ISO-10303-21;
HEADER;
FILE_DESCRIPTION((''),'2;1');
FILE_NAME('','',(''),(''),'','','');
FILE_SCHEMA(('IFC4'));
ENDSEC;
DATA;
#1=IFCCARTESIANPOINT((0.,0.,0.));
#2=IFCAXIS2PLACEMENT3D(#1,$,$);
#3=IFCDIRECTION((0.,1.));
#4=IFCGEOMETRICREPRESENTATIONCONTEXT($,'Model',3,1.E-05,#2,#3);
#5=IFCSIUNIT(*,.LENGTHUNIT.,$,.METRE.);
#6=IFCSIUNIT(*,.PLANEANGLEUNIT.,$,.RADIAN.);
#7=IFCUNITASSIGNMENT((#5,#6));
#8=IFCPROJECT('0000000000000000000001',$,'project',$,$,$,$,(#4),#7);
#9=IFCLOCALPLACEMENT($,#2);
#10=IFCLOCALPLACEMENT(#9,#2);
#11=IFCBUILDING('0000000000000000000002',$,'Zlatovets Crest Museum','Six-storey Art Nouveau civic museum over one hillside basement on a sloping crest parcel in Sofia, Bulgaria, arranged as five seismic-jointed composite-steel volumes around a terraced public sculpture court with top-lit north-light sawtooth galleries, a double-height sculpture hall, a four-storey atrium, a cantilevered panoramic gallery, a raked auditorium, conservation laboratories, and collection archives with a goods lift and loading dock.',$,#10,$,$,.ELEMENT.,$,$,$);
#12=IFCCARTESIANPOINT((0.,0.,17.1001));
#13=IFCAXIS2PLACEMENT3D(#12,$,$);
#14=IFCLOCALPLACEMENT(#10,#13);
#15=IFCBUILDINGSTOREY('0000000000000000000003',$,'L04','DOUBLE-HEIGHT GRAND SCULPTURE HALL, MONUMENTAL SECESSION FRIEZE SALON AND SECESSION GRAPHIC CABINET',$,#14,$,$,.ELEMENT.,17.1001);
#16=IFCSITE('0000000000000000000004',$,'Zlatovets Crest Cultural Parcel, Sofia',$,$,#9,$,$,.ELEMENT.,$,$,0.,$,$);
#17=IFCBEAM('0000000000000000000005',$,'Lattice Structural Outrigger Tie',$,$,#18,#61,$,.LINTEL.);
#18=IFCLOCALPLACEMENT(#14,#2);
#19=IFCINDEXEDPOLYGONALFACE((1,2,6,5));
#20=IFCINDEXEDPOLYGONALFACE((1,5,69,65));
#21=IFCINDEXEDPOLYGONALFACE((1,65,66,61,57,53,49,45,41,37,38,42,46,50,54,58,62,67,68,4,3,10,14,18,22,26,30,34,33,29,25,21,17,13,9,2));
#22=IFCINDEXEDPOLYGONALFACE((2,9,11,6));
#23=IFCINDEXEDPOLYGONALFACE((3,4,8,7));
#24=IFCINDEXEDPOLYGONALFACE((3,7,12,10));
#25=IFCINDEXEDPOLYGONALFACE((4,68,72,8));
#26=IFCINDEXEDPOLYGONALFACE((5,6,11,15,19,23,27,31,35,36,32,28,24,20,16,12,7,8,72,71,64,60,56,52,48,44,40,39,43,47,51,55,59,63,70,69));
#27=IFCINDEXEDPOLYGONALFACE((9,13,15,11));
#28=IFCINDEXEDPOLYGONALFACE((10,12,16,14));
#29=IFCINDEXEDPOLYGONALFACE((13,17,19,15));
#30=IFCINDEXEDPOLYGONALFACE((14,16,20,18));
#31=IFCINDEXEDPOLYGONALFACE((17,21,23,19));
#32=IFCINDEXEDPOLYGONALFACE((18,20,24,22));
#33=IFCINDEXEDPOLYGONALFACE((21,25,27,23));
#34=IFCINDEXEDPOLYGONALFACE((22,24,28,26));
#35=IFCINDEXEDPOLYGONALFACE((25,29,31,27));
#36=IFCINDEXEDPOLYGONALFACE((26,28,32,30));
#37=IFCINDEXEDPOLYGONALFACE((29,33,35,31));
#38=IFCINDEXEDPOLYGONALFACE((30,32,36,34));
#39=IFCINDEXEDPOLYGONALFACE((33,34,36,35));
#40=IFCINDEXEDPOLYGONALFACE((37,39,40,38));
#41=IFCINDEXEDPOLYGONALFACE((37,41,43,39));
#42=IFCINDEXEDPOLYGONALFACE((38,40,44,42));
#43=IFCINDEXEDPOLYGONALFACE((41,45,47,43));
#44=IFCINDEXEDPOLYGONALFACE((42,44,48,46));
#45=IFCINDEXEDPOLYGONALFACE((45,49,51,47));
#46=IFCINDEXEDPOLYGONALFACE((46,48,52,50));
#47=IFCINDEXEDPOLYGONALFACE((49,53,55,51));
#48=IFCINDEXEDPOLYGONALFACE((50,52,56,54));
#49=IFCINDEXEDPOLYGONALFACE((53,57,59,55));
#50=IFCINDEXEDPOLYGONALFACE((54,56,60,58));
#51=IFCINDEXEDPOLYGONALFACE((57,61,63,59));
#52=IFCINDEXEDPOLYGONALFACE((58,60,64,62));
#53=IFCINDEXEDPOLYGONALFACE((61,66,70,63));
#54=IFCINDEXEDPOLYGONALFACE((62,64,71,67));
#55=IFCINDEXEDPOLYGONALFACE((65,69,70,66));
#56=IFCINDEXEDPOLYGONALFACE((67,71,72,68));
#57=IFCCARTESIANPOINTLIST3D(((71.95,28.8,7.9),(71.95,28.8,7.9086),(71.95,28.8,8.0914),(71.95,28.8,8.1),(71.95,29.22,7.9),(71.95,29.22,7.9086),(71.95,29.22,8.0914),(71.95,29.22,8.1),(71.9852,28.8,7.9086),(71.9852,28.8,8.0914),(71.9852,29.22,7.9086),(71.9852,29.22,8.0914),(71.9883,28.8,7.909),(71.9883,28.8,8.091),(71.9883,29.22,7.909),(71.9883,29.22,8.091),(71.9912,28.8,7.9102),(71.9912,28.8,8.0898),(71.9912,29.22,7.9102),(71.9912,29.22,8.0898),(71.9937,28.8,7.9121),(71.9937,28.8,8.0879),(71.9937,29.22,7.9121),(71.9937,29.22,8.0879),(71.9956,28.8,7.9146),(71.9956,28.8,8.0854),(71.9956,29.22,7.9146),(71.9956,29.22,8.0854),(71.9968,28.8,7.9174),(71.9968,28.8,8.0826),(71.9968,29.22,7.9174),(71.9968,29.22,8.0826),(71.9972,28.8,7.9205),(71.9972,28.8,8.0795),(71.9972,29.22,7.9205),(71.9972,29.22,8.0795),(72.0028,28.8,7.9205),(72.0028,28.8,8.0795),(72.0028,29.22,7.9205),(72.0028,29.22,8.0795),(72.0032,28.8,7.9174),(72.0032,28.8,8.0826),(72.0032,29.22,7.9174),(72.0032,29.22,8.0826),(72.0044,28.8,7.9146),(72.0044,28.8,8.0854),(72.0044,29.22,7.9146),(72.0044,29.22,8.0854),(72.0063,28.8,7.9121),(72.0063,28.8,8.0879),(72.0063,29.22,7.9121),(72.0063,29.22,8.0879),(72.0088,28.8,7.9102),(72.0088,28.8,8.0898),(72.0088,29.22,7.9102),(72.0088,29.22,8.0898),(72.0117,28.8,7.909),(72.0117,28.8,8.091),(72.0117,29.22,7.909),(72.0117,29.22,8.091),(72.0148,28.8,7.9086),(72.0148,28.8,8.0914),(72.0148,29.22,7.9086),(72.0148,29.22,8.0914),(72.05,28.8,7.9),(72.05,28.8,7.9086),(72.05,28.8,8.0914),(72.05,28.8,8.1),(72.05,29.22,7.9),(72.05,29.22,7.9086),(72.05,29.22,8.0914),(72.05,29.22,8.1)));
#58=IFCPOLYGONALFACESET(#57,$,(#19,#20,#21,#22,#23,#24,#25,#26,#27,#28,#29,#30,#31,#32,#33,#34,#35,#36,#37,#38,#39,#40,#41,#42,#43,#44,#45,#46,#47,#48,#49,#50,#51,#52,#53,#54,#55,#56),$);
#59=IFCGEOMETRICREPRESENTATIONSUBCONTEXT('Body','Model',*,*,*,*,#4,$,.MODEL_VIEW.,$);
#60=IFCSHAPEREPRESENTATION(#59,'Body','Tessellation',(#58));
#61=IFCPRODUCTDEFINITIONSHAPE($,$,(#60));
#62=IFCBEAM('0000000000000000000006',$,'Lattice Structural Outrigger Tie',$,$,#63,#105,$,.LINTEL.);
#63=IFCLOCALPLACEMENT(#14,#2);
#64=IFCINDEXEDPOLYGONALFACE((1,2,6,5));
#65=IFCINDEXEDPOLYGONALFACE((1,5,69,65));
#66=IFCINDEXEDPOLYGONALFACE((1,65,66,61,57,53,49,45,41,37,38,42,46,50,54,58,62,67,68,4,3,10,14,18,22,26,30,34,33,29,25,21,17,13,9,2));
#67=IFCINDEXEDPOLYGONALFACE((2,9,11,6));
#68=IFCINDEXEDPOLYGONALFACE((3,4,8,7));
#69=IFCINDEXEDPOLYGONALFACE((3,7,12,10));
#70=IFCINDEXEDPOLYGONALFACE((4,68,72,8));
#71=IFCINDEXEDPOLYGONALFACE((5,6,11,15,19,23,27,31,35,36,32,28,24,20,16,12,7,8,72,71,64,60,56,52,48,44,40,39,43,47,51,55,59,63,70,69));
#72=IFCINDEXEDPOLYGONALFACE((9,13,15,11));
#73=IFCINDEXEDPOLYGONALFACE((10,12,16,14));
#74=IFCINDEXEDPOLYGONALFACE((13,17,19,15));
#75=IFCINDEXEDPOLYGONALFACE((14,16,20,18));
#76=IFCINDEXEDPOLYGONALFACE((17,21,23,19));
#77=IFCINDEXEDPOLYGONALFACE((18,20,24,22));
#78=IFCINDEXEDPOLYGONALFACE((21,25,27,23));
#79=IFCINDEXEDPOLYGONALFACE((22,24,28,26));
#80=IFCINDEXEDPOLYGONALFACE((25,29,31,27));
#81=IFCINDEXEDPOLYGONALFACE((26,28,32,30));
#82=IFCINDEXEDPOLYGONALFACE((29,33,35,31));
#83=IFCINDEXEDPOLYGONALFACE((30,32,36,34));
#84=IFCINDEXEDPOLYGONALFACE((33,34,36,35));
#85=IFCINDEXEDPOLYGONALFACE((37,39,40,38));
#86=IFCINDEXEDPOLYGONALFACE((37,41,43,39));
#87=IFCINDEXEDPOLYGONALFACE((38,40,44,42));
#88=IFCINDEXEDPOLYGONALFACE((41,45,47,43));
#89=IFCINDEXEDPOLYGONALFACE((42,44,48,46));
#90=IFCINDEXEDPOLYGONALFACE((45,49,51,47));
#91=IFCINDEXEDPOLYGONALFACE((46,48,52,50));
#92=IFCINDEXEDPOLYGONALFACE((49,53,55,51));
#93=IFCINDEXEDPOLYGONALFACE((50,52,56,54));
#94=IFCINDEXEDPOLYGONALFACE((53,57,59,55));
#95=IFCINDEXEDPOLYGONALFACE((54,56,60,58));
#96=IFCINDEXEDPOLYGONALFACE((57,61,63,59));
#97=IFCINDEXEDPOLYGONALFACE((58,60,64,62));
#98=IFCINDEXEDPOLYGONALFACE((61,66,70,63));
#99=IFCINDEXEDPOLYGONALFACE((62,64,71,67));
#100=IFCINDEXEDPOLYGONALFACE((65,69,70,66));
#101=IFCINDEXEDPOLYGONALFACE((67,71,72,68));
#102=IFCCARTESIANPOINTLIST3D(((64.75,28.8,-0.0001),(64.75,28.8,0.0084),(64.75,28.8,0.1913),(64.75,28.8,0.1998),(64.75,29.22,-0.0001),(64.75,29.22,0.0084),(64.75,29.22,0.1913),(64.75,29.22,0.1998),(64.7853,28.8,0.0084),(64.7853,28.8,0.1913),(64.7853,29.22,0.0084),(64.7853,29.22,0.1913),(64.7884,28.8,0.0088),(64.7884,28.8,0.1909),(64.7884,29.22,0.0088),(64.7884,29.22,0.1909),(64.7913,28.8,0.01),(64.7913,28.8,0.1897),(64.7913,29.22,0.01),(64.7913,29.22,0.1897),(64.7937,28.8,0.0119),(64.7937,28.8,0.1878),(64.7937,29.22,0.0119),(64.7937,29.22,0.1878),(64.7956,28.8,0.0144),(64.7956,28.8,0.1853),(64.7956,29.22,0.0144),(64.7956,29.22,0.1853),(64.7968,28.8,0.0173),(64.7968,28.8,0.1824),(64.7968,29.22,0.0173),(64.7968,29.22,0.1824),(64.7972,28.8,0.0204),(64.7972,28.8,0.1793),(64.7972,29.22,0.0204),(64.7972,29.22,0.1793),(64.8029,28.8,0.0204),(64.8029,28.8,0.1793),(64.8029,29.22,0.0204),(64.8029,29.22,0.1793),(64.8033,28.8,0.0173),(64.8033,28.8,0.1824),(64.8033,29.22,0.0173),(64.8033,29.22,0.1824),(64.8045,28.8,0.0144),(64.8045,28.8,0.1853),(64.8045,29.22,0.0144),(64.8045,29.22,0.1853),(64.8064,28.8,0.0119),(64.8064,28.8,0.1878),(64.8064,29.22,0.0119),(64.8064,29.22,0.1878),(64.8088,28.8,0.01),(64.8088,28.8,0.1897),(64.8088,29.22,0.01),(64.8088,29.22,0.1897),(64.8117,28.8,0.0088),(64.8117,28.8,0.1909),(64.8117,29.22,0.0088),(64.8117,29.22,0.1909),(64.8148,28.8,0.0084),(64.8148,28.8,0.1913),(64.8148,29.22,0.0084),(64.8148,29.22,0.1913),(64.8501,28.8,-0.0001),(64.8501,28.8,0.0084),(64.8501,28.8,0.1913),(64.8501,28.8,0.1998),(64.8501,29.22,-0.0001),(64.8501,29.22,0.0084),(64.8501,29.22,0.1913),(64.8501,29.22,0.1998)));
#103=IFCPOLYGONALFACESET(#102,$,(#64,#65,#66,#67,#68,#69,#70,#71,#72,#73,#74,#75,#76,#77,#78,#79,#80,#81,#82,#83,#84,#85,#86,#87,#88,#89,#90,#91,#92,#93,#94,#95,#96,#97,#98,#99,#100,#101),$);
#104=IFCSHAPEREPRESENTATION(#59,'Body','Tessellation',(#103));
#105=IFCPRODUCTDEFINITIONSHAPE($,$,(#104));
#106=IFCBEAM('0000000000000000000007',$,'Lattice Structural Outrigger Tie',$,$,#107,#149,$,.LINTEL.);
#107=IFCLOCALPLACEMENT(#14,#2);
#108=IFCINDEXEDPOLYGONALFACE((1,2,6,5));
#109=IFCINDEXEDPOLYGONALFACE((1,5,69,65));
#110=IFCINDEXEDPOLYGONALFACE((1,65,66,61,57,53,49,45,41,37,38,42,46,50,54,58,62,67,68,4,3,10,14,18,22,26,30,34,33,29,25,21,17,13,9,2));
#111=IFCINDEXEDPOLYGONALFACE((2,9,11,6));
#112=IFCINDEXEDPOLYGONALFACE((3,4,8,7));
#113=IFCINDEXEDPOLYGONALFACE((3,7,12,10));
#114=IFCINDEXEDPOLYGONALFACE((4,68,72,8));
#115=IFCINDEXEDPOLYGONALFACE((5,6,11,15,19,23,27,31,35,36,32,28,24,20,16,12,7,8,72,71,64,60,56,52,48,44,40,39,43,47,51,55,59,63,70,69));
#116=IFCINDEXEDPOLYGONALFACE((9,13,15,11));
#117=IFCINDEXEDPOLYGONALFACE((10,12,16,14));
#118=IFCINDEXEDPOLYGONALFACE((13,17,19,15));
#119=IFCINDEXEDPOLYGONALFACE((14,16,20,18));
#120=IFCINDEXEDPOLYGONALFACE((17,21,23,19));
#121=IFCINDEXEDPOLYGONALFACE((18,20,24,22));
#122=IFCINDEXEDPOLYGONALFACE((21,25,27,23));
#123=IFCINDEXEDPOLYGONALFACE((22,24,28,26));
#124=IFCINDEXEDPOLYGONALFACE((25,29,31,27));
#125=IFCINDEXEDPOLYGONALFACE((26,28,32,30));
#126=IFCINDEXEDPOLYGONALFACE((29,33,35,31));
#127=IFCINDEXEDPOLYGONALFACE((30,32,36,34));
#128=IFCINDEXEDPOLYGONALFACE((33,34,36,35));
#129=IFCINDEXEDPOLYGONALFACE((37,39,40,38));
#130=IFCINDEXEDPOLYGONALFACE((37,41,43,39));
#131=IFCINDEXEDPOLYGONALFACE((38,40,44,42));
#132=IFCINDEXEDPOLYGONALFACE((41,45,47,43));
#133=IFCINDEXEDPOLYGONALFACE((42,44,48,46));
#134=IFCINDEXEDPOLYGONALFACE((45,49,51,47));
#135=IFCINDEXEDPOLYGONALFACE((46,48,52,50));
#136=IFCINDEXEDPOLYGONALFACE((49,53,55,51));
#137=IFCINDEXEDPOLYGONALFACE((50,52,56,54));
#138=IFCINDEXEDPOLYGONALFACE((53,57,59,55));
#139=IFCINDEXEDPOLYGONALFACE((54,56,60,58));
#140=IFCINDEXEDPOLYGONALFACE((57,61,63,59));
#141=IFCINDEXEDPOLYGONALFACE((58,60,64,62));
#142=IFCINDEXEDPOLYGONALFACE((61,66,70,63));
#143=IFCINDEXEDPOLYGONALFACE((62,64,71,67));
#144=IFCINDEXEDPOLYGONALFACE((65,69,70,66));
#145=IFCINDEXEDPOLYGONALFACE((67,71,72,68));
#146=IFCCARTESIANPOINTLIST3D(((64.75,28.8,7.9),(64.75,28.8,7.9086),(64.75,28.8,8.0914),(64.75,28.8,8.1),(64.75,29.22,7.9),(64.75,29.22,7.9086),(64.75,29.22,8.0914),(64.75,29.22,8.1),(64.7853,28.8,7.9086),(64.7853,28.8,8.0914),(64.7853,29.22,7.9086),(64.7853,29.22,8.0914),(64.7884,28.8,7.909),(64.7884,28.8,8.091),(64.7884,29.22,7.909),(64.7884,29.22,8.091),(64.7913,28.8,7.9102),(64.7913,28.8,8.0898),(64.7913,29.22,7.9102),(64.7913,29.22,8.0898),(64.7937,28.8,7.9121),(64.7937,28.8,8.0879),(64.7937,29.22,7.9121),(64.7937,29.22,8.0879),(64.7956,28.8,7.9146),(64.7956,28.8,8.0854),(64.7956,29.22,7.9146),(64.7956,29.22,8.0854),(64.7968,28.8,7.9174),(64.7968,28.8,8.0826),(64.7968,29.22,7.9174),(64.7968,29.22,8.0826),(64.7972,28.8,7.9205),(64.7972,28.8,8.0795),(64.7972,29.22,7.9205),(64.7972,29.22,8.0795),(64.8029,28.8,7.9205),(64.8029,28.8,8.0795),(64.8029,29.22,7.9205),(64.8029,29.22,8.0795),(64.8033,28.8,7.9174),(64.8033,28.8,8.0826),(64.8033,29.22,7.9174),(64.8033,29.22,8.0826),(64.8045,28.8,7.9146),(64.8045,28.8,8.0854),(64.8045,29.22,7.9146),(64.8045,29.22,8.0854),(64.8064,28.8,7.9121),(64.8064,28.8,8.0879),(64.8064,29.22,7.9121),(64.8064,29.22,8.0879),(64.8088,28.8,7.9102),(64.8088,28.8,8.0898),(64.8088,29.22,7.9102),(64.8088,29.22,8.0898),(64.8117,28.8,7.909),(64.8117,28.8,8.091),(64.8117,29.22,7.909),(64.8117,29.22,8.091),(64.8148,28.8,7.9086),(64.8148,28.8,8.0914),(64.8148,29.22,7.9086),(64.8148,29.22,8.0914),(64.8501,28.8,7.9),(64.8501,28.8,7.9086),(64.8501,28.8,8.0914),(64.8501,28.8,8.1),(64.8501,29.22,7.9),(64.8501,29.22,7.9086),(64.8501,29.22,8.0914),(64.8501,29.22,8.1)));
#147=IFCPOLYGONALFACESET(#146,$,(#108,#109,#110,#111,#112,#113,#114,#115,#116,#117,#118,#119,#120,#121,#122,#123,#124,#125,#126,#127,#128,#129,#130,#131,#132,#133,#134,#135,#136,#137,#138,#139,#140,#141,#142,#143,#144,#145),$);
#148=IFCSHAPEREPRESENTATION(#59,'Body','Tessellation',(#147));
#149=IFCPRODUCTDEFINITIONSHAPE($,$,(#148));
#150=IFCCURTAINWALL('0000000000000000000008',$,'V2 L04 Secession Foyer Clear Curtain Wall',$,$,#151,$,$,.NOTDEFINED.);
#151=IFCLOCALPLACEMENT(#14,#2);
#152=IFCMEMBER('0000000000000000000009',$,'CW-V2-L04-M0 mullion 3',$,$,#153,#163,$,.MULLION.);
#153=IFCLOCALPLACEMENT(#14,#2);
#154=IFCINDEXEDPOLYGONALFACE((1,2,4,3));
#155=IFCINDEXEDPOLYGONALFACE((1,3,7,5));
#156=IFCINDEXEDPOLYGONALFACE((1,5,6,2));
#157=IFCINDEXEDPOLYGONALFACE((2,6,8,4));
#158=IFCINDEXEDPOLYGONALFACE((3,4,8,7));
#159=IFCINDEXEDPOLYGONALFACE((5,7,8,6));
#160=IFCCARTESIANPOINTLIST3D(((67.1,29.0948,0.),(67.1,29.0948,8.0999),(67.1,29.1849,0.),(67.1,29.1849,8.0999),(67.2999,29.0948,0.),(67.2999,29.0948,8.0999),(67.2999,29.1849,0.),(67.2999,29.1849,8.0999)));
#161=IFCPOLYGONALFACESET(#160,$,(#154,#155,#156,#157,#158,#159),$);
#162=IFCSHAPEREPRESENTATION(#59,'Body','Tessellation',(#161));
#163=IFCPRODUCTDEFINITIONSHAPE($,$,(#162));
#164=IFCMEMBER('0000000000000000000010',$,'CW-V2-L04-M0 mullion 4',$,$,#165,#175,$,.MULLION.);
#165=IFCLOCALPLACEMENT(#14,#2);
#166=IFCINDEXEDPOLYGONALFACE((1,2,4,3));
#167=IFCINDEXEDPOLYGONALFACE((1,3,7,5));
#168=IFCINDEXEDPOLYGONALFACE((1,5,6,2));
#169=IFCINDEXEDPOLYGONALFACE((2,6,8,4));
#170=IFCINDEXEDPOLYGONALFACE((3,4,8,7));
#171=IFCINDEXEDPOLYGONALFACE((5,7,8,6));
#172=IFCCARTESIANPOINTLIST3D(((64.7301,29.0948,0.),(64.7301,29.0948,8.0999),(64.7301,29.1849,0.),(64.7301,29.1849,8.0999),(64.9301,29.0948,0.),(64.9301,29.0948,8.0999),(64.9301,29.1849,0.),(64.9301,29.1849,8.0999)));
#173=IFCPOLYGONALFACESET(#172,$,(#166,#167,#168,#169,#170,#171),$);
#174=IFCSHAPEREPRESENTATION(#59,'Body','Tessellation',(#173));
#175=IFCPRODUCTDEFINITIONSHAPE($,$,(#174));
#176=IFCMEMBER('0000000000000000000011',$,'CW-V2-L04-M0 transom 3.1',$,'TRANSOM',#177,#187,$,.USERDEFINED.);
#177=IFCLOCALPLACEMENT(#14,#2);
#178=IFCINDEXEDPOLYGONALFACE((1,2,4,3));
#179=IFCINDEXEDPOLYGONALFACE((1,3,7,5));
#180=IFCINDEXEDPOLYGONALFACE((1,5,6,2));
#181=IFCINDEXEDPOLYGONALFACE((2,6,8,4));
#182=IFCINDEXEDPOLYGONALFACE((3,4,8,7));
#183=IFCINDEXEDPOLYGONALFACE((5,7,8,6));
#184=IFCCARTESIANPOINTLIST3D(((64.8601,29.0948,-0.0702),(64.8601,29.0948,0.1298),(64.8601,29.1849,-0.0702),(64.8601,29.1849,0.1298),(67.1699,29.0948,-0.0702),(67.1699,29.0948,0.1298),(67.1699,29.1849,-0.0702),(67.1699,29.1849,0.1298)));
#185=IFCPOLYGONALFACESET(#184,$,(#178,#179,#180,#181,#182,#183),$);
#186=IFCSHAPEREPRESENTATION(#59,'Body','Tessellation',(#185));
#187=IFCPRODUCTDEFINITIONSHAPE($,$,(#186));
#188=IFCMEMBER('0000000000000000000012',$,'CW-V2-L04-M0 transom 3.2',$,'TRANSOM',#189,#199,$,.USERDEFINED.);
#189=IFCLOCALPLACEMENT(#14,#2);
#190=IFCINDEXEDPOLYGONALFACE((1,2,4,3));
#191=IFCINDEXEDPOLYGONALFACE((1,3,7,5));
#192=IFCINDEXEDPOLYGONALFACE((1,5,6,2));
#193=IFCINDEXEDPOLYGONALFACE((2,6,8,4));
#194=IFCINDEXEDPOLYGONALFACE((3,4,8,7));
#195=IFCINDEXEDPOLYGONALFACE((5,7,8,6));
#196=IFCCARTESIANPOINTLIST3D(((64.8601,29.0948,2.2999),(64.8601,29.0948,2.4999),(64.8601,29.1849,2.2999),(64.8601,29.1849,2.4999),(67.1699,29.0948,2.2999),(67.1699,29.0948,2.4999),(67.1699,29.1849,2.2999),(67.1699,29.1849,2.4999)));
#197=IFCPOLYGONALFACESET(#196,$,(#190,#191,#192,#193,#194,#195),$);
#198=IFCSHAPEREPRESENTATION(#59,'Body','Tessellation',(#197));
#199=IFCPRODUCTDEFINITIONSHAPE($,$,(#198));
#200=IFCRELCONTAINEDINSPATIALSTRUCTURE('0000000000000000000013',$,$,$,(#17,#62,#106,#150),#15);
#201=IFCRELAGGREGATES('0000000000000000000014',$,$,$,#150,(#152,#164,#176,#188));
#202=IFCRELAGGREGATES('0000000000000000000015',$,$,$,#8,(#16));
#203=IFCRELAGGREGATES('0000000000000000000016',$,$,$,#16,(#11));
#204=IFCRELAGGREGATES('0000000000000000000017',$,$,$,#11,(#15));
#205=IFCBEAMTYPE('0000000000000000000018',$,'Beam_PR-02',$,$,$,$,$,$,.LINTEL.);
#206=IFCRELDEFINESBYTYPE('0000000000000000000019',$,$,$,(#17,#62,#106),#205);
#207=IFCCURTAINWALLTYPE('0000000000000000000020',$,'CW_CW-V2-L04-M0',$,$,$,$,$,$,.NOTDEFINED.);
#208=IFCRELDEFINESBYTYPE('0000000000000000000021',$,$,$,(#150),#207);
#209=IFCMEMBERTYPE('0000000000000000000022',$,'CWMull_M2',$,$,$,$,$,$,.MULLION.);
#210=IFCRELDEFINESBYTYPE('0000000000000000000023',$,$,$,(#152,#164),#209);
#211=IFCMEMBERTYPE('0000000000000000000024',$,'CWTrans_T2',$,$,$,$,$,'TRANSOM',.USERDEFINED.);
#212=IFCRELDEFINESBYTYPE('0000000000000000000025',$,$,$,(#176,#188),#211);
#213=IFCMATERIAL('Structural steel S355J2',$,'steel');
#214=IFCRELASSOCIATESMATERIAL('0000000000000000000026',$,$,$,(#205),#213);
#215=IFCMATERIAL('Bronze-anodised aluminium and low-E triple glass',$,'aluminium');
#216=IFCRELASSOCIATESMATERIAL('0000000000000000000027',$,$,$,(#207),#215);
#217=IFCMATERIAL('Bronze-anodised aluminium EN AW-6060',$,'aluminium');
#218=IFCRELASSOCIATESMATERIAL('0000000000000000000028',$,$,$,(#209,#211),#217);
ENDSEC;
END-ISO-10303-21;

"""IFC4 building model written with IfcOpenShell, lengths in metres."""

from ifc_helpers import new_model, si_unit, direction, frame, origin, origin_2d, place, context, subcontext, project, spatial, rectangle, i_section, extrude, material, material_profile, profile_set, type_object, element, aggregate, save


model = new_model("IFC4")

# Units and contexts
model_context = context("Model", 3, precision=1e-05, world=origin(), true_north=direction((0.0, 1.0)))
body_context = subcontext(model_context, "Body", "Model", "MODEL_VIEW")
ifc_project = project(units=[si_unit("LENGTHUNIT", "METRE"), si_unit("PLANEANGLEUNIT", "RADIAN")], contexts=[model_context])

# Site, building, storey
site_placement = place(None, origin())
site = spatial("IfcSite", under=ifc_project, at=site_placement, Name="Zlatovets Crest Cultural Parcel, Sofia", CompositionType="ELEMENT", RefElevation=0.0)
building_placement = place(site_placement, origin())
building = spatial("IfcBuilding", under=site, at=building_placement, Name="Zlatovets Crest Museum", Description="Six-storey Art Nouveau civic museum over one hillside basement on a sloping crest parcel in Sofia, Bulgaria, arranged as five seismic-jointed composite-steel volumes around a terraced public sculpture court with top-lit north-light sawtooth galleries, a double-height sculpture hall, a four-storey atrium, a cantilevered panoramic gallery, a raked auditorium, conservation laboratories, and collection archives with a goods lift and loading dock.", CompositionType="ELEMENT")
storey_placement = place(building_placement, frame((0.0, 0.0, 17.1001)))
storey = spatial("IfcBuildingStorey", under=building, at=storey_placement, Name="L04", Description="DOUBLE-HEIGHT GRAND SCULPTURE HALL, MONUMENTAL SECESSION FRIEZE SALON AND SECESSION GRAPHIC CABINET", CompositionType="ELEMENT", Elevation=17.1001)

# Shared definitions
ifc_material_1 = material(Name="Structural steel S355J2", Category="steel")

# Beams
ifc_material_profile_1 = material_profile(ifc_material_1, i_section(OverallWidth=0.1001, OverallDepth=0.2, WebThickness=0.0056, FlangeThickness=0.0085, FilletRadius=0.012, at=origin_2d()), Name="IPE 200")
ifc_profile_set_1 = profile_set([ifc_material_profile_1], Name="Structural steel S355J2")
beam_type_1 = type_object("IfcBeamType", Name="Beam_PR-02", PredefinedType="LINTEL", material=ifc_profile_set_1)
for number, where, z_axis, x_axis, name in (
    (1, (72.0, 28.8, 8.0), (0.0, 1.0, 0.0), (-1.0, 0.0, 0.0), "Lattice Structural Outrigger Tie"),
    (2, (64.8, 28.8, 0.0999), (0.0, 1.0, 0.0), (-1.0, 0.0, 0.0), "Lattice Structural Outrigger Tie"),
    (3, (64.8, 28.8, 8.0), (0.0, 1.0, 0.0), (-1.0, 0.0, 0.0), "Lattice Structural Outrigger Tie"),
):
    element("IfcBeam", number, at=place(storey_placement, frame(where, z_axis=z_axis, x_axis=x_axis)), inside=storey, type_object=beam_type_1, Name=name, PredefinedType="LINTEL", context=body_context, shape_type="SweptSolid", body=[
        extrude(i_section(OverallWidth=0.1001, OverallDepth=0.2, WebThickness=0.0056, FlangeThickness=0.0085, FilletRadius=0.012, at=origin_2d()), origin(), (0.0, 0.0, 1.0), 0.4199),
    ])

# Curtain wall, members
ifc_material_2 = material(Name="Bronze-anodised aluminium and low-E triple glass", Category="aluminium")
curtain_wall_type = type_object("IfcCurtainWallType", Name="CW_CW-V2-L04-M0", PredefinedType="NOTDEFINED", material=ifc_material_2)
curtain_wall_placement = place(storey_placement, origin())
curtain_wall = element("IfcCurtainWall", 4, at=curtain_wall_placement, inside=storey, type_object=curtain_wall_type, Name="V2 L04 Secession Foyer Clear Curtain Wall", PredefinedType="NOTDEFINED")
ifc_material_3 = material(Name="Bronze-anodised aluminium EN AW-6060", Category="aluminium")
ifc_material_profile_2 = material_profile(ifc_material_3, rectangle(XDim=0.0901, YDim=0.2, at=origin_2d()), Name="ALU 90x200")
ifc_profile_set_2 = profile_set([ifc_material_profile_2], Name="Bronze-anodised aluminium EN AW-6060")
member_type_1 = type_object("IfcMemberType", Name="CWMull_M2", PredefinedType="MULLION", material=ifc_profile_set_2)
member_1_placement = place(storey_placement, frame((67.2, 29.1399, 0.0), z_axis=(0.0, 0.0, 1.0), x_axis=(0.0, -1.0, 0.0)))
member_1 = element("IfcMember", 5, at=member_1_placement, type_object=member_type_1, Name="CW-V2-L04-M0 mullion 3", PredefinedType="MULLION", context=body_context, shape_type="SweptSolid", body=[
    extrude(rectangle(XDim=0.0901, YDim=0.2, at=origin_2d()), origin(), (0.0, 0.0, 1.0), 8.0999),
])
member_2_placement = place(storey_placement, frame((64.8301, 29.1399, 0.0), z_axis=(0.0, 0.0, 1.0), x_axis=(0.0, -1.0, 0.0)))
member_2 = element("IfcMember", 6, at=member_2_placement, type_object=member_type_1, Name="CW-V2-L04-M0 mullion 4", PredefinedType="MULLION", context=body_context, shape_type="SweptSolid", body=[
    extrude(rectangle(XDim=0.0901, YDim=0.2, at=origin_2d()), origin(), (0.0, 0.0, 1.0), 8.0999),
])
ifc_material_profile_3 = material_profile(ifc_material_3, rectangle(XDim=0.0901, YDim=0.2, at=origin_2d()), Name="ALU 90x200")
ifc_profile_set_3 = profile_set([ifc_material_profile_3], Name="Bronze-anodised aluminium EN AW-6060")
member_type_2 = type_object("IfcMemberType", Name="CWTrans_T2", ElementType="TRANSOM", PredefinedType="USERDEFINED", material=ifc_profile_set_3)
member_3_placement = place(storey_placement, frame((67.1699, 29.1399, 0.0298), z_axis=(-1.0, 0.0, 0.0), x_axis=(0.0, -1.0, 0.0)))
member_3 = element("IfcMember", 7, at=member_3_placement, type_object=member_type_2, Name="CW-V2-L04-M0 transom 3.1", ObjectType="TRANSOM", PredefinedType="USERDEFINED", context=body_context, shape_type="SweptSolid", body=[
    extrude(rectangle(XDim=0.0901, YDim=0.2, at=origin_2d()), origin(), (0.0, 0.0, 1.0), 2.3098),
])
member_4_placement = place(storey_placement, frame((67.1699, 29.1399, 2.3999), z_axis=(-1.0, 0.0, 0.0), x_axis=(0.0, -1.0, 0.0)))
member_4 = element("IfcMember", 8, at=member_4_placement, type_object=member_type_2, Name="CW-V2-L04-M0 transom 3.2", ObjectType="TRANSOM", PredefinedType="USERDEFINED", context=body_context, shape_type="SweptSolid", body=[
    extrude(rectangle(XDim=0.0901, YDim=0.2, at=origin_2d()), origin(), (0.0, 0.0, 1.0), 2.3098),
])

aggregate(curtain_wall, [member_1, member_2, member_3, member_4])

save(model, "model.ifc")
